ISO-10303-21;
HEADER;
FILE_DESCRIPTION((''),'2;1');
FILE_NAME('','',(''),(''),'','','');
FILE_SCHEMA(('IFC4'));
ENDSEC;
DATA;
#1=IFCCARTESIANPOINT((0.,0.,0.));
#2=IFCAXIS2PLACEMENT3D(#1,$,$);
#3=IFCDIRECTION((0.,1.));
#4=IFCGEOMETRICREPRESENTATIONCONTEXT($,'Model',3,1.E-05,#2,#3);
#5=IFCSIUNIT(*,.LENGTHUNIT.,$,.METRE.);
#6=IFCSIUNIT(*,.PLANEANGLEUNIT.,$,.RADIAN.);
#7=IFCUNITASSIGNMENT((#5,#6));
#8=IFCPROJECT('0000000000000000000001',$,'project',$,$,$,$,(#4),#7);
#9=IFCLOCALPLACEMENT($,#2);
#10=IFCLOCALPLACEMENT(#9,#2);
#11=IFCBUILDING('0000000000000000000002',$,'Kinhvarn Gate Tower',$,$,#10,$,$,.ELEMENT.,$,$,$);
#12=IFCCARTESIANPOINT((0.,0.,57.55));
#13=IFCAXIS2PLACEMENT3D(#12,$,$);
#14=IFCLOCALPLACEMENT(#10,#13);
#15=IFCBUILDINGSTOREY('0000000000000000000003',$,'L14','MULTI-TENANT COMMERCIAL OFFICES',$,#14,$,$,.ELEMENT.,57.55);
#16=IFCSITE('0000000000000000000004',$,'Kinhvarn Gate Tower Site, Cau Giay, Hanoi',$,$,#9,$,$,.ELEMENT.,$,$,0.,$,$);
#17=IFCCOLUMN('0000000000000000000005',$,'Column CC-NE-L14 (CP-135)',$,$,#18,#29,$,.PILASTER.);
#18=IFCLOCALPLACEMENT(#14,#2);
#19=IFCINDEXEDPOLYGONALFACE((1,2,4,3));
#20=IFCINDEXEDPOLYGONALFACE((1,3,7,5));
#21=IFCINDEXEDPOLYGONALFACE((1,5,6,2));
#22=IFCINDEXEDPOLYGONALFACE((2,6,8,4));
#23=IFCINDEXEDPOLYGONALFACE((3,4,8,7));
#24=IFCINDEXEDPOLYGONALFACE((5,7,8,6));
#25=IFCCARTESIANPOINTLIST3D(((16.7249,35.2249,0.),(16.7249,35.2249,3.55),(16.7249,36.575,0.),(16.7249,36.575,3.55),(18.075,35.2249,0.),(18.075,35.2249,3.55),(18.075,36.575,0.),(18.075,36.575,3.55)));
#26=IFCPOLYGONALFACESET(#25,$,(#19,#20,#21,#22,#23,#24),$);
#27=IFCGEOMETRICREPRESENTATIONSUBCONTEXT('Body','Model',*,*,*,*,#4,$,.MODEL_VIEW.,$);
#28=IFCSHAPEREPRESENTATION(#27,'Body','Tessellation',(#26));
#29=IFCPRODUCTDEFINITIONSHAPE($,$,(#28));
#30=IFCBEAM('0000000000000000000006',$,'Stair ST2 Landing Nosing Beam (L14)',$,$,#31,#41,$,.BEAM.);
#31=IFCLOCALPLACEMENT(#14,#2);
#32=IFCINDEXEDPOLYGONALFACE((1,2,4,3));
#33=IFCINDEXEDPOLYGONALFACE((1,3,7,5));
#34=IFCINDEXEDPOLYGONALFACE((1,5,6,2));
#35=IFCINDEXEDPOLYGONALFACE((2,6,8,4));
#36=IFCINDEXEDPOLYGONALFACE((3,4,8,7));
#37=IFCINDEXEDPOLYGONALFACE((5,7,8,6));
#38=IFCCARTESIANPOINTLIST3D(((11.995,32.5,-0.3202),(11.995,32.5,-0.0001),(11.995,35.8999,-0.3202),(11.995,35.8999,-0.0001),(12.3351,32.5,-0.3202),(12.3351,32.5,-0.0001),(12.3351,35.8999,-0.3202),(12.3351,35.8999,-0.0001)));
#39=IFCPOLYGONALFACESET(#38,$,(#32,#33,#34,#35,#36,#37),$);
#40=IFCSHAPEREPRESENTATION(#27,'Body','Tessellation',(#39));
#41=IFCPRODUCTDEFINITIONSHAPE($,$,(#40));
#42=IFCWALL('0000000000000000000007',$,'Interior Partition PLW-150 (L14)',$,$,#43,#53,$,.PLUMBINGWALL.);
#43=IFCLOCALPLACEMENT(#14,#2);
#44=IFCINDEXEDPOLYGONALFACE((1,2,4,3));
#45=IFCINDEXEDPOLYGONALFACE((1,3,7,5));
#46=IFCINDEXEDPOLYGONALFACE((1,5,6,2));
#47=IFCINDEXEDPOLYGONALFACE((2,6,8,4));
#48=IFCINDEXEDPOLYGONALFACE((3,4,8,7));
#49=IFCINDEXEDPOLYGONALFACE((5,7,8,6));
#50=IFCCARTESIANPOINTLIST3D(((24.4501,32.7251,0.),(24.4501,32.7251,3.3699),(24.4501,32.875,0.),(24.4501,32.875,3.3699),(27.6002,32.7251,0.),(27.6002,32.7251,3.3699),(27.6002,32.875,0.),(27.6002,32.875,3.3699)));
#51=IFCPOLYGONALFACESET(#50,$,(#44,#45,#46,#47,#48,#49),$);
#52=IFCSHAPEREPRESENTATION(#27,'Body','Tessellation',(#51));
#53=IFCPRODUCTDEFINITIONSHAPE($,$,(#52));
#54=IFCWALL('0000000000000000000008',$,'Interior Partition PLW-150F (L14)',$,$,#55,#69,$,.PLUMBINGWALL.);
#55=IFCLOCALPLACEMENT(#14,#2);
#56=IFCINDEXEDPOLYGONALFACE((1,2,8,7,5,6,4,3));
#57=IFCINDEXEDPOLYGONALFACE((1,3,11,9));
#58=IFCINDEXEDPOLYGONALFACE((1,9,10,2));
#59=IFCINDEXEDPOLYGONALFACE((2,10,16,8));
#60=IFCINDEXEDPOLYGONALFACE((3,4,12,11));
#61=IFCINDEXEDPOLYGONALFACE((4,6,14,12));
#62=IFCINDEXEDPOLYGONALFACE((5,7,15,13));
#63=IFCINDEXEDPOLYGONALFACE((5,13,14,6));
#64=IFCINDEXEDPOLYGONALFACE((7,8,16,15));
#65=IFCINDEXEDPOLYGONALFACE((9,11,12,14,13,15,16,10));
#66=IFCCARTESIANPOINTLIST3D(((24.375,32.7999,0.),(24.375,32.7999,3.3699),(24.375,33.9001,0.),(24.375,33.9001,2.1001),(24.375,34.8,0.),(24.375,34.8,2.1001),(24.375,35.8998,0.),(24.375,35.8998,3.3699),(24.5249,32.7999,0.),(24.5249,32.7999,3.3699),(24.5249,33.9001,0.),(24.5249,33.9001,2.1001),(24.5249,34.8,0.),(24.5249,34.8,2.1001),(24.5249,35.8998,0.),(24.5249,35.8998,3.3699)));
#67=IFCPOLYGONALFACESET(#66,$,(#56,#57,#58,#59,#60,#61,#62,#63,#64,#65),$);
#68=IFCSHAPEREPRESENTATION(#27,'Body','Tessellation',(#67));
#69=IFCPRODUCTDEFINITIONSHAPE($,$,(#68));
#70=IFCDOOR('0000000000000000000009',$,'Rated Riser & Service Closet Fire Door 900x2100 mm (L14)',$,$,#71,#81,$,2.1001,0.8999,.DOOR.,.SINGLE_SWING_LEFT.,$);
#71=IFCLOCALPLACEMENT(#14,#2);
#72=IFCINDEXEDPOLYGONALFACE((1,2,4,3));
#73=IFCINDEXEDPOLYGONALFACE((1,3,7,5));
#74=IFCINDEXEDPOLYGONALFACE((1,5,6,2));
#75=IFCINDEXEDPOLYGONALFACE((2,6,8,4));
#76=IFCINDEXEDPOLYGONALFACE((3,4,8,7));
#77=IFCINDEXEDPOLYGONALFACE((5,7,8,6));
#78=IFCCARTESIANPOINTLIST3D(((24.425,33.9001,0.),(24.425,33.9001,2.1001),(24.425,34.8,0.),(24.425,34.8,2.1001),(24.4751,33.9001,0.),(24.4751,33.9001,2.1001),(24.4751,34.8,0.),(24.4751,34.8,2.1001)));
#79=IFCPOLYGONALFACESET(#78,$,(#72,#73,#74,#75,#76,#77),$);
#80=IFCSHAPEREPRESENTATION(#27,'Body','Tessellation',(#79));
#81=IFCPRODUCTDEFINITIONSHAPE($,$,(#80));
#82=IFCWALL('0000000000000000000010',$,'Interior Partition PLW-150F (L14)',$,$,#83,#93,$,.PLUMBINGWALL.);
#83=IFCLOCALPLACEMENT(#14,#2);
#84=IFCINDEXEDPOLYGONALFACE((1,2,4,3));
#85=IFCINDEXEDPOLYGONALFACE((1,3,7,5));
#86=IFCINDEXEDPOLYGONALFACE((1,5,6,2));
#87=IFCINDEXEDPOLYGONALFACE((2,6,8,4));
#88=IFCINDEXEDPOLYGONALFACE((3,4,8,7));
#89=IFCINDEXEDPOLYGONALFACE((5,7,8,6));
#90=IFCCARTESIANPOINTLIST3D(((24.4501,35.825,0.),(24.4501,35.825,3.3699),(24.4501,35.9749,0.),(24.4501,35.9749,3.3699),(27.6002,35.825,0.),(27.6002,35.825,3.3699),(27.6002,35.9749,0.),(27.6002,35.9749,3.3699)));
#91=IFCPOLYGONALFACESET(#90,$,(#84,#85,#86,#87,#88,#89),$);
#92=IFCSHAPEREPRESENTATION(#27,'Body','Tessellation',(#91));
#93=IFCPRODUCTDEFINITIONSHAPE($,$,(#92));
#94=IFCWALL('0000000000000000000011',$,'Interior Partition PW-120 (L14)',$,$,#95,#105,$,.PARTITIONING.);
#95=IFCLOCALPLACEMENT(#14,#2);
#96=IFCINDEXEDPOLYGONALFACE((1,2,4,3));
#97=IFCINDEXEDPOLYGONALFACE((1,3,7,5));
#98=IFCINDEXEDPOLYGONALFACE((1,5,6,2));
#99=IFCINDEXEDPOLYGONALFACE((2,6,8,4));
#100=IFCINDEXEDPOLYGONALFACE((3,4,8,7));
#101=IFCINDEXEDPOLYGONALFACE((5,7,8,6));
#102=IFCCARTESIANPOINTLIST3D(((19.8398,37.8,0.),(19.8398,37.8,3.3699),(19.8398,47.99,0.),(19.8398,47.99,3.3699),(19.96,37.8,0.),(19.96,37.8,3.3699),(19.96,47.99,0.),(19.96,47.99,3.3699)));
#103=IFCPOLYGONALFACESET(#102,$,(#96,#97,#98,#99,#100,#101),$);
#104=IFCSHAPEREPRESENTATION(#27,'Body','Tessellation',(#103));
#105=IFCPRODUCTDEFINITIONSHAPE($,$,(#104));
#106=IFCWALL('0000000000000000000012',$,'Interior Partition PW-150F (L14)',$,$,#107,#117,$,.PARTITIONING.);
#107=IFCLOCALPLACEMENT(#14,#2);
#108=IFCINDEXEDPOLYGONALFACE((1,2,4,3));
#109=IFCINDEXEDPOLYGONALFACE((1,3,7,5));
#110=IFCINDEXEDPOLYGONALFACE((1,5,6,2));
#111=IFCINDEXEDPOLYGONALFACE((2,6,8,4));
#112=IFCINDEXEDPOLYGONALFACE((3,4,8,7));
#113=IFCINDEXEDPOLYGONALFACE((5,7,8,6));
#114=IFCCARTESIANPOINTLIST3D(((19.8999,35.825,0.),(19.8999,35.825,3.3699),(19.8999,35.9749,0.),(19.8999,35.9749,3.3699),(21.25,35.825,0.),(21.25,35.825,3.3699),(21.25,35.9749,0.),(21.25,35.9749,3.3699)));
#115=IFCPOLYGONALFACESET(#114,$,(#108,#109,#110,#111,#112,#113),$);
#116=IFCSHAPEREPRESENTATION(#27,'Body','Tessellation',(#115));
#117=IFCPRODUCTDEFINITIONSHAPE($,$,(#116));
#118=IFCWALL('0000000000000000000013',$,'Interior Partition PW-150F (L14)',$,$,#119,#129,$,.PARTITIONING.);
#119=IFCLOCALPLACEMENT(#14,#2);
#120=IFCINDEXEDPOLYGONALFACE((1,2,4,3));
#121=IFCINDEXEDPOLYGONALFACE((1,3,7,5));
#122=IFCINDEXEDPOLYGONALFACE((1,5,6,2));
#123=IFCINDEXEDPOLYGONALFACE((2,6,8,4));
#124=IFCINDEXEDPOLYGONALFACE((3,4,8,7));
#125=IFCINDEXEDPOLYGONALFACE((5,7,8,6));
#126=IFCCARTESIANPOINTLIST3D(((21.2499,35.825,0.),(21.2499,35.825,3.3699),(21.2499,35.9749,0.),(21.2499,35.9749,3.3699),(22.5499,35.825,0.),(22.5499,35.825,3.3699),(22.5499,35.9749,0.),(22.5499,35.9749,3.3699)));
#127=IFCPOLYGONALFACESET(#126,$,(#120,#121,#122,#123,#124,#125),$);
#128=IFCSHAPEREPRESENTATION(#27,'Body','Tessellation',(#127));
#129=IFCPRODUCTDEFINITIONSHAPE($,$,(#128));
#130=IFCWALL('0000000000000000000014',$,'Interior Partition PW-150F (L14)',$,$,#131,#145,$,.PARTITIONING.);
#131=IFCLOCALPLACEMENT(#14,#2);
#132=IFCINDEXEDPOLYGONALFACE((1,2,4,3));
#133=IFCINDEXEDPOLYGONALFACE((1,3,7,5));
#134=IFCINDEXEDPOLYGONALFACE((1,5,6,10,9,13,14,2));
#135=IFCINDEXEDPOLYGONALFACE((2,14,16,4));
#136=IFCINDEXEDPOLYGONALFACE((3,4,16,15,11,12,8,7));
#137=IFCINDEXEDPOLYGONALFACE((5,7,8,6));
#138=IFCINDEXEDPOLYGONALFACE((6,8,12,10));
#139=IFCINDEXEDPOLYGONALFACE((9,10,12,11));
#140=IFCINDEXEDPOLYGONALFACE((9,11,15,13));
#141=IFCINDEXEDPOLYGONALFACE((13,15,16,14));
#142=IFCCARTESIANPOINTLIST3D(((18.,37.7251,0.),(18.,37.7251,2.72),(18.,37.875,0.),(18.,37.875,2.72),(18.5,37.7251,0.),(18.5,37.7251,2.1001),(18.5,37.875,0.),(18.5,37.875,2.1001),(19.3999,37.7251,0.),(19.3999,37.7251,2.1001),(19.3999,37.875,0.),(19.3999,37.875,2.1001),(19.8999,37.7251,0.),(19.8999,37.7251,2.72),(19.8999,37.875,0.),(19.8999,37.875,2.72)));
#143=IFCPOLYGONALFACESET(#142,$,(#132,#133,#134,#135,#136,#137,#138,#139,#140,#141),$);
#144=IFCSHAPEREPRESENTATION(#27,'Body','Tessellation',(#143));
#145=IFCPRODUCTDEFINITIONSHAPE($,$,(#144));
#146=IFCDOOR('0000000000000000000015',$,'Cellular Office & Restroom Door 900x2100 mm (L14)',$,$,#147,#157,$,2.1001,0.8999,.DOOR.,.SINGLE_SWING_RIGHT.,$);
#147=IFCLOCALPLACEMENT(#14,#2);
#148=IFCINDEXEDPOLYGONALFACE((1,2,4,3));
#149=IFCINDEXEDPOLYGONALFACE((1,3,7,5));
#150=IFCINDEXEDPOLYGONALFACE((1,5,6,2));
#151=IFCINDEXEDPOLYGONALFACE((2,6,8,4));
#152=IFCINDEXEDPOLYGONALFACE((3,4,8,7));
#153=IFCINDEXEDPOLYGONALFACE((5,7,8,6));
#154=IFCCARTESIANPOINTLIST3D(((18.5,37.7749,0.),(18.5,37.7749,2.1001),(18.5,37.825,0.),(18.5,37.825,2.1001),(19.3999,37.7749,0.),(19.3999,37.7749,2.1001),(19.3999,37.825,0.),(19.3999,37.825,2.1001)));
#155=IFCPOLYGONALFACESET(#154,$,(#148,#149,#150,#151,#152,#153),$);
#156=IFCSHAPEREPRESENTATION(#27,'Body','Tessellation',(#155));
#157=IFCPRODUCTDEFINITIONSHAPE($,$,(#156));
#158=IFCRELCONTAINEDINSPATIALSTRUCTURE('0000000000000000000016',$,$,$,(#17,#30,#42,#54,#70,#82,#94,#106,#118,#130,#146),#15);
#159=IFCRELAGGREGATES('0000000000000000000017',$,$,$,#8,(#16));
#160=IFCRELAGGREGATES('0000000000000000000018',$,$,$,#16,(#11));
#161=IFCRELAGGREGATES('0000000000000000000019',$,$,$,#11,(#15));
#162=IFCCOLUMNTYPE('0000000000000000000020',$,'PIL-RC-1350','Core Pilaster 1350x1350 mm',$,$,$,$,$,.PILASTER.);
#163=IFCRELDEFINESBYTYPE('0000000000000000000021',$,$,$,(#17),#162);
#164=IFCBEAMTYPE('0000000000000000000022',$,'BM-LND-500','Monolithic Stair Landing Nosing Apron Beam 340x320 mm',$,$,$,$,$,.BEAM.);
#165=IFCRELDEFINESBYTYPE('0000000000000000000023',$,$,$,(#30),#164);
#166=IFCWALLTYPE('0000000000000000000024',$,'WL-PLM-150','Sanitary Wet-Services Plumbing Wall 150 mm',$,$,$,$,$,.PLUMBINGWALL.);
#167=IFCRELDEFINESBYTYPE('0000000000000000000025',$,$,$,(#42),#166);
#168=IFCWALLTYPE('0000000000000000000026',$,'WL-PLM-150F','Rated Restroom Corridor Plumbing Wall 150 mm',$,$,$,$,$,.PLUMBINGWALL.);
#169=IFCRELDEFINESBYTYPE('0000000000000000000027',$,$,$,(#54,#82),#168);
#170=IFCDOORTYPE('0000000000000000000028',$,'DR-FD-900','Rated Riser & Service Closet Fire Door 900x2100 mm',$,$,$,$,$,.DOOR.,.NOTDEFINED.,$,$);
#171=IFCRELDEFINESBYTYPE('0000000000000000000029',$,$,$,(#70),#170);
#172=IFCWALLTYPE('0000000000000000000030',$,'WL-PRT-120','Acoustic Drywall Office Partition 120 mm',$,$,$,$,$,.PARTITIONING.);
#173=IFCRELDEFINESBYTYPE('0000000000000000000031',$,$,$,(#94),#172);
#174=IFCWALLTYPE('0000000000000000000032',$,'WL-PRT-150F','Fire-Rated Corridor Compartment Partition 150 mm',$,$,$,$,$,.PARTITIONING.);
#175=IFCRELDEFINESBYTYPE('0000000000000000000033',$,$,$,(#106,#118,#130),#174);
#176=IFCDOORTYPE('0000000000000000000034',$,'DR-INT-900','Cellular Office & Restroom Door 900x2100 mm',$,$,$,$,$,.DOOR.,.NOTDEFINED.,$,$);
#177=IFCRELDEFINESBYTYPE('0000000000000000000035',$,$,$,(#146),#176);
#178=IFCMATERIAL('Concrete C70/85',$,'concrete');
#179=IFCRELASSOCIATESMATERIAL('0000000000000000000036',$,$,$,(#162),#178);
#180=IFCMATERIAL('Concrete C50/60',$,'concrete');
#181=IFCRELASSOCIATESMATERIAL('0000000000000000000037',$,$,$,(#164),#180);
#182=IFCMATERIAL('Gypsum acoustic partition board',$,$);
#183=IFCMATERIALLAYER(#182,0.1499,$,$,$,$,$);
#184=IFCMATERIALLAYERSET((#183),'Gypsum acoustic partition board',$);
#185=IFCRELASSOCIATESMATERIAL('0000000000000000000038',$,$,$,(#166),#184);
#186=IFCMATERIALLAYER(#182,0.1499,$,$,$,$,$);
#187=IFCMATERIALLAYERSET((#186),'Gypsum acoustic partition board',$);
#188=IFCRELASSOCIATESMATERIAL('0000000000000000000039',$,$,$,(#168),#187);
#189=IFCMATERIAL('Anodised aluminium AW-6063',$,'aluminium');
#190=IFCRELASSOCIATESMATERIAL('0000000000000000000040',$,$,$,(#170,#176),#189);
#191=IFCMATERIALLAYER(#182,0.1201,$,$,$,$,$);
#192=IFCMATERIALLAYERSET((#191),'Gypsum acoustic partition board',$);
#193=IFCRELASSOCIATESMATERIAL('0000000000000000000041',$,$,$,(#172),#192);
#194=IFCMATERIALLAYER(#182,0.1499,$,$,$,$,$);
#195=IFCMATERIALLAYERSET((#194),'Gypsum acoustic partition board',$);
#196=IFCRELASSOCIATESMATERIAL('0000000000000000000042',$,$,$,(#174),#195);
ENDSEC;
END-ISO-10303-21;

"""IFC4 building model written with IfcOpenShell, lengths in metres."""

from ifc_helpers import new_model, si_unit, direction, frame, frame_2d, origin, origin_2d, place, context, subcontext, project, spatial, rectangle, extrude, material, layer, layer_set, material_profile, profile_set, type_object, element, fill, save


model = new_model("IFC4")

# Units and contexts
model_context = context("Model", 3, precision=1e-05, world=origin(), true_north=direction((0.0, 1.0)))
body_context = subcontext(model_context, "Body", "Model", "MODEL_VIEW")
ifc_project = project(units=[si_unit("LENGTHUNIT", "METRE"), si_unit("PLANEANGLEUNIT", "RADIAN")], contexts=[model_context])

# Site, building, storey
site_placement = place(None, origin())
site = spatial("IfcSite", under=ifc_project, at=site_placement, Name="Kinhvarn Gate Tower Site, Cau Giay, Hanoi", CompositionType="ELEMENT", RefElevation=0.0)
building_placement = place(site_placement, origin())
building = spatial("IfcBuilding", under=site, at=building_placement, Name="Kinhvarn Gate Tower", CompositionType="ELEMENT")
storey_placement = place(building_placement, frame((0.0, 0.0, 57.55)))
storey = spatial("IfcBuildingStorey", under=building, at=storey_placement, Name="L14", Description="MULTI-TENANT COMMERCIAL OFFICES", CompositionType="ELEMENT", Elevation=57.55)

# Column
ifc_material_1 = material(Name="Concrete C70/85", Category="concrete")
ifc_material_profile_1 = material_profile(ifc_material_1, rectangle(XDim=1.3501, YDim=1.3501, at=origin_2d()), Name="RC 1350x1350")
ifc_profile_set_1 = profile_set([ifc_material_profile_1], Name="Concrete C70/85")
column_type = type_object("IfcColumnType", Name="PIL-RC-1350", Description="Core Pilaster 1350x1350 mm", PredefinedType="PILASTER", material=ifc_profile_set_1)
column_placement = place(storey_placement, frame((17.3999, 35.8999, 0.0), z_axis=(0.0, 0.0, 1.0), x_axis=(1.0, 0.0, 0.0)))
element("IfcColumn", 1, at=column_placement, inside=storey, type_object=column_type, Name="Column CC-NE-L14 (CP-135)", PredefinedType="PILASTER", context=body_context, shape_type="SweptSolid", body=[
    extrude(rectangle(XDim=1.3501, YDim=1.3501, at=origin_2d()), origin(), (0.0, 0.0, 1.0), 3.55),
])

# Beam
ifc_material_2 = material(Name="Concrete C50/60", Category="concrete")
ifc_material_profile_2 = material_profile(ifc_material_2, rectangle(XDim=0.3401, YDim=0.3201, at=origin_2d()), Name="RC 340x320")
ifc_profile_set_2 = profile_set([ifc_material_profile_2], Name="Concrete C50/60")
beam_type = type_object("IfcBeamType", Name="BM-LND-500", Description="Monolithic Stair Landing Nosing Apron Beam 340x320 mm", PredefinedType="BEAM", material=ifc_profile_set_2)
beam_placement = place(storey_placement, frame((12.165, 32.5, -0.1602), z_axis=(0.0, 1.0, 0.0), x_axis=(-1.0, 0.0, 0.0)))
element("IfcBeam", 2, at=beam_placement, inside=storey, type_object=beam_type, Name="Stair ST2 Landing Nosing Beam (L14)", PredefinedType="BEAM", context=body_context, shape_type="SweptSolid", body=[
    extrude(rectangle(XDim=0.3401, YDim=0.3201, at=origin_2d()), origin(), (0.0, 0.0, 1.0), 3.3999),
])

# Wall
ifc_material_3 = material(Name="Gypsum acoustic partition board")
ifc_layer_1 = layer(ifc_material_3, 0.1499)
ifc_layer_set_1 = layer_set([ifc_layer_1], Name="Gypsum acoustic partition board")
wall_type_1 = type_object("IfcWallType", Name="WL-PLM-150", Description="Sanitary Wet-Services Plumbing Wall 150 mm", PredefinedType="PLUMBINGWALL", material=ifc_layer_set_1)
wall_1_placement = place(storey_placement, frame((24.45, 32.8, 0.0), z_axis=(0.0, 0.0, 1.0), x_axis=(1.0, 0.0, 0.0)))
element("IfcWall", 3, at=wall_1_placement, inside=storey, type_object=wall_type_1, Name="Interior Partition PLW-150 (L14)", PredefinedType="PLUMBINGWALL", context=body_context, shape_type="SweptSolid", body=[
    extrude(rectangle(XDim=3.1501, YDim=0.1499, at=frame_2d((1.5752, 0.0))), origin(), (0.0, 0.0, 1.0), 3.3699),
])

# Wall, opening, door
ifc_layer_2 = layer(ifc_material_3, 0.1499)
ifc_layer_set_2 = layer_set([ifc_layer_2], Name="Gypsum acoustic partition board")
wall_type_2 = type_object("IfcWallType", Name="WL-PLM-150F", Description="Rated Restroom Corridor Plumbing Wall 150 mm", PredefinedType="PLUMBINGWALL", material=ifc_layer_set_2)
wall_2_placement = place(storey_placement, frame((24.45, 32.8, 0.0), z_axis=(0.0, 0.0, 1.0), x_axis=(0.0, 1.0, 0.0)))
wall_2 = element("IfcWall", 4, at=wall_2_placement, inside=storey, type_object=wall_type_2, Name="Interior Partition PLW-150F (L14)", PredefinedType="PLUMBINGWALL", context=body_context, shape_type="SweptSolid", body=[
    extrude(rectangle(XDim=3.0999, YDim=0.1499, at=frame_2d((1.5498, 0.0))), origin(), (0.0, 0.0, 1.0), 3.3699),
])
opening_1_placement = place(wall_2_placement, frame((1.1001, 0.0, 0.0)))
opening_1 = element("IfcOpeningElement", 5, at=opening_1_placement, cuts=wall_2, PredefinedType="OPENING", context=body_context, shape_type="SweptSolid", body=[
    extrude(rectangle(XDim=0.8999, YDim=2.1001, at=frame_2d((0.45, 1.05))), frame((0.0, 0.085, 0.0), z_axis=(0.0, -1.0, 0.0), x_axis=(1.0, 0.0, 0.0)), (0.0, 0.0, 1.0), 0.1699),
])
ifc_material_4 = material(Name="Anodised aluminium AW-6063", Category="aluminium")
door_type_1 = type_object("IfcDoorType", Name="DR-FD-900", Description="Rated Riser & Service Closet Fire Door 900x2100 mm", OperationType="NOTDEFINED", PredefinedType="DOOR", material=ifc_material_4)
door_1_placement = place(opening_1_placement, origin())
door_1 = element("IfcDoor", 6, at=door_1_placement, inside=storey, type_object=door_type_1, Name="Rated Riser & Service Closet Fire Door 900x2100 mm (L14)", OperationType="SINGLE_SWING_LEFT", OverallHeight=2.1001, OverallWidth=0.8999, PredefinedType="DOOR", context=body_context, shape_type="SweptSolid", body=[
    extrude(rectangle(XDim=0.8999, YDim=2.1001, at=frame_2d((0.45, 1.05))), frame((0.0, 0.0249, 0.0), z_axis=(0.0, -1.0, 0.0), x_axis=(1.0, 0.0, 0.0)), (0.0, 0.0, 1.0), 0.05),
])
fill(opening_1, door_1)

# Walls
wall_3_placement = place(storey_placement, frame((24.45, 35.8999, 0.0), z_axis=(0.0, 0.0, 1.0), x_axis=(1.0, 0.0, 0.0)))
element("IfcWall", 7, at=wall_3_placement, inside=storey, type_object=wall_type_2, Name="Interior Partition PLW-150F (L14)", PredefinedType="PLUMBINGWALL", context=body_context, shape_type="SweptSolid", body=[
    extrude(rectangle(XDim=3.1501, YDim=0.1499, at=frame_2d((1.5752, 0.0))), origin(), (0.0, 0.0, 1.0), 3.3699),
])
ifc_layer_3 = layer(ifc_material_3, 0.1201)
ifc_layer_set_3 = layer_set([ifc_layer_3], Name="Gypsum acoustic partition board")
wall_type_3 = type_object("IfcWallType", Name="WL-PRT-120", Description="Acoustic Drywall Office Partition 120 mm", PredefinedType="PARTITIONING", material=ifc_layer_set_3)
wall_4_placement = place(storey_placement, frame((19.8999, 37.8, 0.0), z_axis=(0.0, 0.0, 1.0), x_axis=(0.0, 1.0, 0.0)))
element("IfcWall", 8, at=wall_4_placement, inside=storey, type_object=wall_type_3, Name="Interior Partition PW-120 (L14)", PredefinedType="PARTITIONING", context=body_context, shape_type="SweptSolid", body=[
    extrude(rectangle(XDim=10.1899, YDim=0.1201, at=frame_2d((5.095, 0.0))), origin(), (0.0, 0.0, 1.0), 3.3699),
])
ifc_layer_4 = layer(ifc_material_3, 0.1499)
ifc_layer_set_4 = layer_set([ifc_layer_4], Name="Gypsum acoustic partition board")
wall_type_4 = type_object("IfcWallType", Name="WL-PRT-150F", Description="Fire-Rated Corridor Compartment Partition 150 mm", PredefinedType="PARTITIONING", material=ifc_layer_set_4)
wall_5_placement = place(storey_placement, frame((19.8999, 35.8999, 0.0), z_axis=(0.0, 0.0, 1.0), x_axis=(1.0, 0.0, 0.0)))
element("IfcWall", 9, at=wall_5_placement, inside=storey, type_object=wall_type_4, Name="Interior Partition PW-150F (L14)", PredefinedType="PARTITIONING", context=body_context, shape_type="SweptSolid", body=[
    extrude(rectangle(XDim=1.3501, YDim=0.1499, at=frame_2d((0.675, 0.0))), origin(), (0.0, 0.0, 1.0), 3.3699),
])
wall_6_placement = place(storey_placement, frame((21.25, 35.8999, 0.0), z_axis=(0.0, 0.0, 1.0), x_axis=(1.0, 0.0, 0.0)))
element("IfcWall", 10, at=wall_6_placement, inside=storey, type_object=wall_type_4, Name="Interior Partition PW-150F (L14)", PredefinedType="PARTITIONING", context=body_context, shape_type="SweptSolid", body=[
    extrude(rectangle(XDim=1.3, YDim=0.1499, at=frame_2d((0.6499, 0.0))), origin(), (0.0, 0.0, 1.0), 3.3699),
])

# Wall, opening, door
wall_7_placement = place(storey_placement, frame((18.0, 37.8, 0.0), z_axis=(0.0, 0.0, 1.0), x_axis=(1.0, 0.0, 0.0)))
wall_7 = element("IfcWall", 11, at=wall_7_placement, inside=storey, type_object=wall_type_4, Name="Interior Partition PW-150F (L14)", PredefinedType="PARTITIONING", context=body_context, shape_type="SweptSolid", body=[
    extrude(rectangle(XDim=1.8999, YDim=0.1499, at=frame_2d((0.95, 0.0))), origin(), (0.0, 0.0, 1.0), 2.72),
])
opening_2_placement = place(wall_7_placement, frame((0.5, 0.0, 0.0)))
opening_2 = element("IfcOpeningElement", 12, at=opening_2_placement, cuts=wall_7, PredefinedType="OPENING", context=body_context, shape_type="SweptSolid", body=[
    extrude(rectangle(XDim=0.8999, YDim=2.1001, at=frame_2d((0.45, 1.05))), frame((0.0, 0.085, 0.0), z_axis=(0.0, -1.0, 0.0), x_axis=(1.0, 0.0, 0.0)), (0.0, 0.0, 1.0), 0.1699),
])
door_type_2 = type_object("IfcDoorType", Name="DR-INT-900", Description="Cellular Office & Restroom Door 900x2100 mm", OperationType="NOTDEFINED", PredefinedType="DOOR", material=ifc_material_4)
door_2_placement = place(opening_2_placement, origin())
door_2 = element("IfcDoor", 13, at=door_2_placement, inside=storey, type_object=door_type_2, Name="Cellular Office & Restroom Door 900x2100 mm (L14)", OperationType="SINGLE_SWING_RIGHT", OverallHeight=2.1001, OverallWidth=0.8999, PredefinedType="DOOR", context=body_context, shape_type="SweptSolid", body=[
    extrude(rectangle(XDim=0.8999, YDim=2.1001, at=frame_2d((0.45, 1.05))), frame((0.0, 0.0249, 0.0), z_axis=(0.0, -1.0, 0.0), x_axis=(1.0, 0.0, 0.0)), (0.0, 0.0, 1.0), 0.05),
])
fill(opening_2, door_2)

save(model, "model.ifc")
